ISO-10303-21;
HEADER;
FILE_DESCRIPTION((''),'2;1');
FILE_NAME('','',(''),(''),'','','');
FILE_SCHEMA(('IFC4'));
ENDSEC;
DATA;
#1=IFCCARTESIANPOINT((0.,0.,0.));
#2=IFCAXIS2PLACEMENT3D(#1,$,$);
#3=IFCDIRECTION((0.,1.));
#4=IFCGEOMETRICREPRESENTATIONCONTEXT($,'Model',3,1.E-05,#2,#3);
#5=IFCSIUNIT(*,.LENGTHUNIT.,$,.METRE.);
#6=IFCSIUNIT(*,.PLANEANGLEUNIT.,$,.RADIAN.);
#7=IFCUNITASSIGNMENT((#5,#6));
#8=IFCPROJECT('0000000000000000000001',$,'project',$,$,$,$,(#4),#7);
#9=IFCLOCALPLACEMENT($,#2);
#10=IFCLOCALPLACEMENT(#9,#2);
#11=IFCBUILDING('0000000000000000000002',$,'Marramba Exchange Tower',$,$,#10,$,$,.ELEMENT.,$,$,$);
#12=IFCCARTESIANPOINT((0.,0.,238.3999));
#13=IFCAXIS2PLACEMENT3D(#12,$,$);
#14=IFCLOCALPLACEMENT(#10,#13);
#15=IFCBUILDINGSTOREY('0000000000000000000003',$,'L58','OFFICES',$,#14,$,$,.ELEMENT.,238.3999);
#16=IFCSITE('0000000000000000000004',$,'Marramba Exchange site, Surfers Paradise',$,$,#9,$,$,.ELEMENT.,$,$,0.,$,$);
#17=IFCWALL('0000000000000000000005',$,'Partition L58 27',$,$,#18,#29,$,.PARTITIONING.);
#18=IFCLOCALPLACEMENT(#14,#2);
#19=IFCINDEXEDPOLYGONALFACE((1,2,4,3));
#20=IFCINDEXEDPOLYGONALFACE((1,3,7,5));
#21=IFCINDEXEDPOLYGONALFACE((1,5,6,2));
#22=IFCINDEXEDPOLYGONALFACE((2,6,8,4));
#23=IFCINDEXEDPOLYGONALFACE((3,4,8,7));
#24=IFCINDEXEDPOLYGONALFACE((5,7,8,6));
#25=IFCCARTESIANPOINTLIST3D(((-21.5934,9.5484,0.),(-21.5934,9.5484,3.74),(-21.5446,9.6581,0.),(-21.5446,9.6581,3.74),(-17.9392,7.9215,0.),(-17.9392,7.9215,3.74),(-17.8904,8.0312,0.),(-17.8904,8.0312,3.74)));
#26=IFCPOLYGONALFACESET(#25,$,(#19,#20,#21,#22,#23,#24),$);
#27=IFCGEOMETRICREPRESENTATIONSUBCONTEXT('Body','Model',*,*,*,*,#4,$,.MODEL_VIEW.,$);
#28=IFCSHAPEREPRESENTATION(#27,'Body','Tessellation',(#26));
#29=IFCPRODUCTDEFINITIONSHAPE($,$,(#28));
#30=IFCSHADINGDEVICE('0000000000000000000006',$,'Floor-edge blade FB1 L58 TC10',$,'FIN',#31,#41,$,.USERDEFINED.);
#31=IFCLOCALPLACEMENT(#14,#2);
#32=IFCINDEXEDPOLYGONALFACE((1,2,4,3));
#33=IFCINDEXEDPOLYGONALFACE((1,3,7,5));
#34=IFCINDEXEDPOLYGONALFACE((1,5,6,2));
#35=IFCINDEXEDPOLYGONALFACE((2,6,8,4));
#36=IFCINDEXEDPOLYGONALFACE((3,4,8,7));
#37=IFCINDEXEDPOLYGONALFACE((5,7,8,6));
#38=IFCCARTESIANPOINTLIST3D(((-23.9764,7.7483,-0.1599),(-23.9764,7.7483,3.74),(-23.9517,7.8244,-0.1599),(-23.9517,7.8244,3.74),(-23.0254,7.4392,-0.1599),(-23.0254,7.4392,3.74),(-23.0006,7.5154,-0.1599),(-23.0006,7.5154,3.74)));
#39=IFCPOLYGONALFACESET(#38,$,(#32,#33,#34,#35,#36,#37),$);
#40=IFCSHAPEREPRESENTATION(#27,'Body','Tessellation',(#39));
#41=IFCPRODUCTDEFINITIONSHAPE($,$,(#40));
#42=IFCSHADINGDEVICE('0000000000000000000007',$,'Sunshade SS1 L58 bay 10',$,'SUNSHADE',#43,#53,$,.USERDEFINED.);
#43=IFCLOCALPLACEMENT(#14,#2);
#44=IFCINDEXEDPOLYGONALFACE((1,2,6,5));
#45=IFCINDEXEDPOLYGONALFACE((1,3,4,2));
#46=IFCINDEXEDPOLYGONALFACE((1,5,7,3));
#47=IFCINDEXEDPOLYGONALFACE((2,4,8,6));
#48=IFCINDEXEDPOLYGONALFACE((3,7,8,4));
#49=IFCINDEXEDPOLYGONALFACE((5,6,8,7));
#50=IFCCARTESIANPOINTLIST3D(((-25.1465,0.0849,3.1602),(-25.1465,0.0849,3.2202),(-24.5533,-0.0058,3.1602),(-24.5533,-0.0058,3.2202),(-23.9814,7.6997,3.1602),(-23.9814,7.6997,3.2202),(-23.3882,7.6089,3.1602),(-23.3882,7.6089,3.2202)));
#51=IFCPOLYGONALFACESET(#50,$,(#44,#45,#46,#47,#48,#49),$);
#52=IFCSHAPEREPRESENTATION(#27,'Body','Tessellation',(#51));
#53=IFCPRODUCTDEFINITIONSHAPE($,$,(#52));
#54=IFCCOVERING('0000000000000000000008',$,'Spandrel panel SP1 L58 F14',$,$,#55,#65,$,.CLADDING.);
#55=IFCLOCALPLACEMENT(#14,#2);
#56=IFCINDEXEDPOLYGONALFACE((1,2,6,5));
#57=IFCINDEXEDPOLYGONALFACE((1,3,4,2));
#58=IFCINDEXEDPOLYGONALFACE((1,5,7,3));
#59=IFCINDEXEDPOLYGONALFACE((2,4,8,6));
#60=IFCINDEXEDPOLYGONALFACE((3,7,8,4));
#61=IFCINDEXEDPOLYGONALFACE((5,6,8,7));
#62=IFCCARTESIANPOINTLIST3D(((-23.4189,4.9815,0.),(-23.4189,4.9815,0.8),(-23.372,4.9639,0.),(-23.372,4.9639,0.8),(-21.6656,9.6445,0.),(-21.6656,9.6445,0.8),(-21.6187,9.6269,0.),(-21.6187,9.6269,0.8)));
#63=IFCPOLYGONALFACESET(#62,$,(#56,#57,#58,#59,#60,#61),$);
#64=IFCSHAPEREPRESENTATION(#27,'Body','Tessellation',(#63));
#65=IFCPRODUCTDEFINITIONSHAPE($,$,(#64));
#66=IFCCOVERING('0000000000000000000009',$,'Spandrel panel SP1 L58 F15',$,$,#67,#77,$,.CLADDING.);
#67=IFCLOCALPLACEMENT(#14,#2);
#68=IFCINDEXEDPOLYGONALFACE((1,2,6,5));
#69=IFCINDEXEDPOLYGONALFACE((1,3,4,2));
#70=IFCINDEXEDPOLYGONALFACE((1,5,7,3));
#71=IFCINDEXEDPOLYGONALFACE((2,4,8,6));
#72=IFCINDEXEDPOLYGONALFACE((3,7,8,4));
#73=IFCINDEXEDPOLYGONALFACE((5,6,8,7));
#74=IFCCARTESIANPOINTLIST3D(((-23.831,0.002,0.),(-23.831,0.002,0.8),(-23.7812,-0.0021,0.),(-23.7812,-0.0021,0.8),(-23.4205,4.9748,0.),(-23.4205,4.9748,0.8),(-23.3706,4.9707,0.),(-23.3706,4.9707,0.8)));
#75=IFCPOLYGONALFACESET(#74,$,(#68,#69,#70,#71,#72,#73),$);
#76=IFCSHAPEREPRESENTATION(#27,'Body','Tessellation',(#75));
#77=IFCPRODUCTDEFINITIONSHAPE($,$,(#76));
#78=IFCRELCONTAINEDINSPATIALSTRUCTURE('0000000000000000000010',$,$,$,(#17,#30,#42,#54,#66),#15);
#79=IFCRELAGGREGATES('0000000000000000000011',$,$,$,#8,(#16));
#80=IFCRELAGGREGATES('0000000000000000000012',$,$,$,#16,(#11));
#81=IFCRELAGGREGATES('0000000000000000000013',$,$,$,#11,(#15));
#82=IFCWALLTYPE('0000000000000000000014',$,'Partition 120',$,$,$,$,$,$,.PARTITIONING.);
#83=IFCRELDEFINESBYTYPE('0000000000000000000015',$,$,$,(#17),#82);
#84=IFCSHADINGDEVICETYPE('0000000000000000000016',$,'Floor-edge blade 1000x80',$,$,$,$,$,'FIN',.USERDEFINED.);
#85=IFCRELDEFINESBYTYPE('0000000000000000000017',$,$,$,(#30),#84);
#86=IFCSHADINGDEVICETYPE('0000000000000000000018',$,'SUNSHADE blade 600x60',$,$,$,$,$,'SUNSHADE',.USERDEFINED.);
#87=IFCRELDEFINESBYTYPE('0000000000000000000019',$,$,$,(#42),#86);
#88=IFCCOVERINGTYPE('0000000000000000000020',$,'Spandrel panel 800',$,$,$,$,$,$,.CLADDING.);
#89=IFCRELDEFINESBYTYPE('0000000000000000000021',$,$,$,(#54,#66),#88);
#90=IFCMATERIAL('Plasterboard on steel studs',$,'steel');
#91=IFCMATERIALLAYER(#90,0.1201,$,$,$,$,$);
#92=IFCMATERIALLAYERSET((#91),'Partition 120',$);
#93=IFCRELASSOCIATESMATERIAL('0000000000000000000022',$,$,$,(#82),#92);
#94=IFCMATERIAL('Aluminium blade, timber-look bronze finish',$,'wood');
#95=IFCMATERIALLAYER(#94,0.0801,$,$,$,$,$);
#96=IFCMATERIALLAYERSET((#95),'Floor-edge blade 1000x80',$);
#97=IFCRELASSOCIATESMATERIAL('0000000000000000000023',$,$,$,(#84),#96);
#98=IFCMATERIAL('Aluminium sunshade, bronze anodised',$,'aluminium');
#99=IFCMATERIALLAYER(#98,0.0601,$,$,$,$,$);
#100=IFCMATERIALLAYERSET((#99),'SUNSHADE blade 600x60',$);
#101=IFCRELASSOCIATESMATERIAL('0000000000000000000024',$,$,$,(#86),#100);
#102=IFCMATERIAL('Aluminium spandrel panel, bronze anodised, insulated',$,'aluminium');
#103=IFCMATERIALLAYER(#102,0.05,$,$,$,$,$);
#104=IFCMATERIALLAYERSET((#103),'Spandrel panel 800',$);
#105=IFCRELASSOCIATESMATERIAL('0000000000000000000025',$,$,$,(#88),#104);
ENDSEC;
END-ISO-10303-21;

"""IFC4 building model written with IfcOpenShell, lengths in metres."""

from ifc_helpers import new_model, si_unit, direction, frame, frame_2d, origin, origin_2d, place, context, subcontext, project, spatial, rectangle, extrude, material, layer, layer_set, type_object, element, save


model = new_model("IFC4")

# Units and contexts
model_context = context("Model", 3, precision=1e-05, world=origin(), true_north=direction((0.0, 1.0)))
body_context = subcontext(model_context, "Body", "Model", "MODEL_VIEW")
ifc_project = project(units=[si_unit("LENGTHUNIT", "METRE"), si_unit("PLANEANGLEUNIT", "RADIAN")], contexts=[model_context])

# Site, building, storey
site_placement = place(None, origin())
site = spatial("IfcSite", under=ifc_project, at=site_placement, Name="Marramba Exchange site, Surfers Paradise", CompositionType="ELEMENT", RefElevation=0.0)
building_placement = place(site_placement, origin())
building = spatial("IfcBuilding", under=site, at=building_placement, Name="Marramba Exchange Tower", CompositionType="ELEMENT")
storey_placement = place(building_placement, frame((0.0, 0.0, 238.3999)))
storey = spatial("IfcBuildingStorey", under=building, at=storey_placement, Name="L58", Description="OFFICES", CompositionType="ELEMENT", Elevation=238.3999)

# Wall
ifc_material_1 = material(Name="Plasterboard on steel studs", Category="steel")
ifc_layer_1 = layer(ifc_material_1, 0.1201)
ifc_layer_set_1 = layer_set([ifc_layer_1], Name="Partition 120")
wall_type_1 = type_object("IfcWallType", Name="Partition 120", PredefinedType="PARTITIONING", material=ifc_layer_set_1)
wall_1_placement = place(storey_placement, frame((-17.9148, 7.9763, 0.0), z_axis=(0.0, 0.0, 1.0), x_axis=(-0.91355, 0.406727, 0.0)))
element("IfcWall", 1, at=wall_1_placement, inside=storey, type_object=wall_type_1, Name="Partition L58 27", PredefinedType="PARTITIONING", context=body_context, shape_type="SweptSolid", body=[
    extrude(rectangle(XDim=4.0, YDim=0.1201, at=frame_2d((2.0, 0.0))), origin(), (0.0, 0.0, 1.0), 3.74),
])

# Shading devices
ifc_material_2 = material(Name="Aluminium blade, timber-look bronze finish", Category="wood")
ifc_layer_2 = layer(ifc_material_2, 0.0801)
ifc_layer_set_2 = layer_set([ifc_layer_2], Name="Floor-edge blade 1000x80")
shading_device_type_1 = type_object("IfcShadingDeviceType", Name="Floor-edge blade 1000x80", ElementType="FIN", PredefinedType="USERDEFINED", material=ifc_layer_set_2)
shading_device_1_placement = place(storey_placement, frame((-23.4885, 7.6318, -0.1599), z_axis=(0.0, 0.0, 1.0), x_axis=(-0.951057, 0.309017, 0.0)))
element("IfcShadingDevice", 2, at=shading_device_1_placement, inside=storey, type_object=shading_device_type_1, Name="Floor-edge blade FB1 L58 TC10", ObjectType="FIN", PredefinedType="USERDEFINED", context=body_context, shape_type="SweptSolid", body=[
    extrude(rectangle(XDim=1.0, YDim=0.0801, at=origin_2d()), origin(), (0.0, 0.0, 1.0), 3.8999),
])
ifc_material_3 = material(Name="Aluminium sunshade, bronze anodised", Category="aluminium")
ifc_layer_3 = layer(ifc_material_3, 0.0601)
ifc_layer_set_3 = layer_set([ifc_layer_3], Name="SUNSHADE blade 600x60")
shading_device_type_2 = type_object("IfcShadingDeviceType", Name="SUNSHADE blade 600x60", ElementType="SUNSHADE", PredefinedType="USERDEFINED", material=ifc_layer_set_3)
shading_device_2_placement = place(storey_placement, frame((-24.2673, 3.8469, 3.1602), z_axis=(0.0, 0.0, 1.0), x_axis=(-0.151241, -0.988497, 0.0)))
element("IfcShadingDevice", 3, at=shading_device_2_placement, inside=storey, type_object=shading_device_type_2, Name="Sunshade SS1 L58 bay 10", ObjectType="SUNSHADE", PredefinedType="USERDEFINED", context=body_context, shape_type="SweptSolid", body=[
    extrude(rectangle(XDim=7.7034, YDim=0.6001, at=origin_2d()), origin(), (0.0, 0.0, 1.0), 0.0601),
])

# Coverings
ifc_material_4 = material(Name="Aluminium spandrel panel, bronze anodised, insulated", Category="aluminium")
ifc_layer_4 = layer(ifc_material_4, 0.05)
ifc_layer_set_4 = layer_set([ifc_layer_4], Name="Spandrel panel 800")
covering_type = type_object("IfcCoveringType", Name="Spandrel panel 800", PredefinedType="CLADDING", material=ifc_layer_set_4)
covering_1_placement = place(storey_placement, frame((-22.5188, 7.3042, 0.0), z_axis=(0.0, 0.0, 1.0), x_axis=(-0.351952, -0.936018, 0.0)))
element("IfcCovering", 4, at=covering_1_placement, inside=storey, type_object=covering_type, Name="Spandrel panel SP1 L58 F14", PredefinedType="CLADDING", context=body_context, shape_type="SweptSolid", body=[
    extrude(rectangle(XDim=4.9817, YDim=0.05, at=origin_2d()), origin(), (0.0, 0.0, 1.0), 0.8),
])
covering_2_placement = place(storey_placement, frame((-23.6008, 2.4863, 0.0), z_axis=(0.0, 0.0, 1.0), x_axis=(-0.082281, -0.996609, 0.0)))
element("IfcCovering", 5, at=covering_2_placement, inside=storey, type_object=covering_type, Name="Spandrel panel SP1 L58 F15", PredefinedType="CLADDING", context=body_context, shape_type="SweptSolid", body=[
    extrude(rectangle(XDim=4.9897, YDim=0.05, at=origin_2d()), origin(), (0.0, 0.0, 1.0), 0.8),
])

save(model, "model.ifc")
